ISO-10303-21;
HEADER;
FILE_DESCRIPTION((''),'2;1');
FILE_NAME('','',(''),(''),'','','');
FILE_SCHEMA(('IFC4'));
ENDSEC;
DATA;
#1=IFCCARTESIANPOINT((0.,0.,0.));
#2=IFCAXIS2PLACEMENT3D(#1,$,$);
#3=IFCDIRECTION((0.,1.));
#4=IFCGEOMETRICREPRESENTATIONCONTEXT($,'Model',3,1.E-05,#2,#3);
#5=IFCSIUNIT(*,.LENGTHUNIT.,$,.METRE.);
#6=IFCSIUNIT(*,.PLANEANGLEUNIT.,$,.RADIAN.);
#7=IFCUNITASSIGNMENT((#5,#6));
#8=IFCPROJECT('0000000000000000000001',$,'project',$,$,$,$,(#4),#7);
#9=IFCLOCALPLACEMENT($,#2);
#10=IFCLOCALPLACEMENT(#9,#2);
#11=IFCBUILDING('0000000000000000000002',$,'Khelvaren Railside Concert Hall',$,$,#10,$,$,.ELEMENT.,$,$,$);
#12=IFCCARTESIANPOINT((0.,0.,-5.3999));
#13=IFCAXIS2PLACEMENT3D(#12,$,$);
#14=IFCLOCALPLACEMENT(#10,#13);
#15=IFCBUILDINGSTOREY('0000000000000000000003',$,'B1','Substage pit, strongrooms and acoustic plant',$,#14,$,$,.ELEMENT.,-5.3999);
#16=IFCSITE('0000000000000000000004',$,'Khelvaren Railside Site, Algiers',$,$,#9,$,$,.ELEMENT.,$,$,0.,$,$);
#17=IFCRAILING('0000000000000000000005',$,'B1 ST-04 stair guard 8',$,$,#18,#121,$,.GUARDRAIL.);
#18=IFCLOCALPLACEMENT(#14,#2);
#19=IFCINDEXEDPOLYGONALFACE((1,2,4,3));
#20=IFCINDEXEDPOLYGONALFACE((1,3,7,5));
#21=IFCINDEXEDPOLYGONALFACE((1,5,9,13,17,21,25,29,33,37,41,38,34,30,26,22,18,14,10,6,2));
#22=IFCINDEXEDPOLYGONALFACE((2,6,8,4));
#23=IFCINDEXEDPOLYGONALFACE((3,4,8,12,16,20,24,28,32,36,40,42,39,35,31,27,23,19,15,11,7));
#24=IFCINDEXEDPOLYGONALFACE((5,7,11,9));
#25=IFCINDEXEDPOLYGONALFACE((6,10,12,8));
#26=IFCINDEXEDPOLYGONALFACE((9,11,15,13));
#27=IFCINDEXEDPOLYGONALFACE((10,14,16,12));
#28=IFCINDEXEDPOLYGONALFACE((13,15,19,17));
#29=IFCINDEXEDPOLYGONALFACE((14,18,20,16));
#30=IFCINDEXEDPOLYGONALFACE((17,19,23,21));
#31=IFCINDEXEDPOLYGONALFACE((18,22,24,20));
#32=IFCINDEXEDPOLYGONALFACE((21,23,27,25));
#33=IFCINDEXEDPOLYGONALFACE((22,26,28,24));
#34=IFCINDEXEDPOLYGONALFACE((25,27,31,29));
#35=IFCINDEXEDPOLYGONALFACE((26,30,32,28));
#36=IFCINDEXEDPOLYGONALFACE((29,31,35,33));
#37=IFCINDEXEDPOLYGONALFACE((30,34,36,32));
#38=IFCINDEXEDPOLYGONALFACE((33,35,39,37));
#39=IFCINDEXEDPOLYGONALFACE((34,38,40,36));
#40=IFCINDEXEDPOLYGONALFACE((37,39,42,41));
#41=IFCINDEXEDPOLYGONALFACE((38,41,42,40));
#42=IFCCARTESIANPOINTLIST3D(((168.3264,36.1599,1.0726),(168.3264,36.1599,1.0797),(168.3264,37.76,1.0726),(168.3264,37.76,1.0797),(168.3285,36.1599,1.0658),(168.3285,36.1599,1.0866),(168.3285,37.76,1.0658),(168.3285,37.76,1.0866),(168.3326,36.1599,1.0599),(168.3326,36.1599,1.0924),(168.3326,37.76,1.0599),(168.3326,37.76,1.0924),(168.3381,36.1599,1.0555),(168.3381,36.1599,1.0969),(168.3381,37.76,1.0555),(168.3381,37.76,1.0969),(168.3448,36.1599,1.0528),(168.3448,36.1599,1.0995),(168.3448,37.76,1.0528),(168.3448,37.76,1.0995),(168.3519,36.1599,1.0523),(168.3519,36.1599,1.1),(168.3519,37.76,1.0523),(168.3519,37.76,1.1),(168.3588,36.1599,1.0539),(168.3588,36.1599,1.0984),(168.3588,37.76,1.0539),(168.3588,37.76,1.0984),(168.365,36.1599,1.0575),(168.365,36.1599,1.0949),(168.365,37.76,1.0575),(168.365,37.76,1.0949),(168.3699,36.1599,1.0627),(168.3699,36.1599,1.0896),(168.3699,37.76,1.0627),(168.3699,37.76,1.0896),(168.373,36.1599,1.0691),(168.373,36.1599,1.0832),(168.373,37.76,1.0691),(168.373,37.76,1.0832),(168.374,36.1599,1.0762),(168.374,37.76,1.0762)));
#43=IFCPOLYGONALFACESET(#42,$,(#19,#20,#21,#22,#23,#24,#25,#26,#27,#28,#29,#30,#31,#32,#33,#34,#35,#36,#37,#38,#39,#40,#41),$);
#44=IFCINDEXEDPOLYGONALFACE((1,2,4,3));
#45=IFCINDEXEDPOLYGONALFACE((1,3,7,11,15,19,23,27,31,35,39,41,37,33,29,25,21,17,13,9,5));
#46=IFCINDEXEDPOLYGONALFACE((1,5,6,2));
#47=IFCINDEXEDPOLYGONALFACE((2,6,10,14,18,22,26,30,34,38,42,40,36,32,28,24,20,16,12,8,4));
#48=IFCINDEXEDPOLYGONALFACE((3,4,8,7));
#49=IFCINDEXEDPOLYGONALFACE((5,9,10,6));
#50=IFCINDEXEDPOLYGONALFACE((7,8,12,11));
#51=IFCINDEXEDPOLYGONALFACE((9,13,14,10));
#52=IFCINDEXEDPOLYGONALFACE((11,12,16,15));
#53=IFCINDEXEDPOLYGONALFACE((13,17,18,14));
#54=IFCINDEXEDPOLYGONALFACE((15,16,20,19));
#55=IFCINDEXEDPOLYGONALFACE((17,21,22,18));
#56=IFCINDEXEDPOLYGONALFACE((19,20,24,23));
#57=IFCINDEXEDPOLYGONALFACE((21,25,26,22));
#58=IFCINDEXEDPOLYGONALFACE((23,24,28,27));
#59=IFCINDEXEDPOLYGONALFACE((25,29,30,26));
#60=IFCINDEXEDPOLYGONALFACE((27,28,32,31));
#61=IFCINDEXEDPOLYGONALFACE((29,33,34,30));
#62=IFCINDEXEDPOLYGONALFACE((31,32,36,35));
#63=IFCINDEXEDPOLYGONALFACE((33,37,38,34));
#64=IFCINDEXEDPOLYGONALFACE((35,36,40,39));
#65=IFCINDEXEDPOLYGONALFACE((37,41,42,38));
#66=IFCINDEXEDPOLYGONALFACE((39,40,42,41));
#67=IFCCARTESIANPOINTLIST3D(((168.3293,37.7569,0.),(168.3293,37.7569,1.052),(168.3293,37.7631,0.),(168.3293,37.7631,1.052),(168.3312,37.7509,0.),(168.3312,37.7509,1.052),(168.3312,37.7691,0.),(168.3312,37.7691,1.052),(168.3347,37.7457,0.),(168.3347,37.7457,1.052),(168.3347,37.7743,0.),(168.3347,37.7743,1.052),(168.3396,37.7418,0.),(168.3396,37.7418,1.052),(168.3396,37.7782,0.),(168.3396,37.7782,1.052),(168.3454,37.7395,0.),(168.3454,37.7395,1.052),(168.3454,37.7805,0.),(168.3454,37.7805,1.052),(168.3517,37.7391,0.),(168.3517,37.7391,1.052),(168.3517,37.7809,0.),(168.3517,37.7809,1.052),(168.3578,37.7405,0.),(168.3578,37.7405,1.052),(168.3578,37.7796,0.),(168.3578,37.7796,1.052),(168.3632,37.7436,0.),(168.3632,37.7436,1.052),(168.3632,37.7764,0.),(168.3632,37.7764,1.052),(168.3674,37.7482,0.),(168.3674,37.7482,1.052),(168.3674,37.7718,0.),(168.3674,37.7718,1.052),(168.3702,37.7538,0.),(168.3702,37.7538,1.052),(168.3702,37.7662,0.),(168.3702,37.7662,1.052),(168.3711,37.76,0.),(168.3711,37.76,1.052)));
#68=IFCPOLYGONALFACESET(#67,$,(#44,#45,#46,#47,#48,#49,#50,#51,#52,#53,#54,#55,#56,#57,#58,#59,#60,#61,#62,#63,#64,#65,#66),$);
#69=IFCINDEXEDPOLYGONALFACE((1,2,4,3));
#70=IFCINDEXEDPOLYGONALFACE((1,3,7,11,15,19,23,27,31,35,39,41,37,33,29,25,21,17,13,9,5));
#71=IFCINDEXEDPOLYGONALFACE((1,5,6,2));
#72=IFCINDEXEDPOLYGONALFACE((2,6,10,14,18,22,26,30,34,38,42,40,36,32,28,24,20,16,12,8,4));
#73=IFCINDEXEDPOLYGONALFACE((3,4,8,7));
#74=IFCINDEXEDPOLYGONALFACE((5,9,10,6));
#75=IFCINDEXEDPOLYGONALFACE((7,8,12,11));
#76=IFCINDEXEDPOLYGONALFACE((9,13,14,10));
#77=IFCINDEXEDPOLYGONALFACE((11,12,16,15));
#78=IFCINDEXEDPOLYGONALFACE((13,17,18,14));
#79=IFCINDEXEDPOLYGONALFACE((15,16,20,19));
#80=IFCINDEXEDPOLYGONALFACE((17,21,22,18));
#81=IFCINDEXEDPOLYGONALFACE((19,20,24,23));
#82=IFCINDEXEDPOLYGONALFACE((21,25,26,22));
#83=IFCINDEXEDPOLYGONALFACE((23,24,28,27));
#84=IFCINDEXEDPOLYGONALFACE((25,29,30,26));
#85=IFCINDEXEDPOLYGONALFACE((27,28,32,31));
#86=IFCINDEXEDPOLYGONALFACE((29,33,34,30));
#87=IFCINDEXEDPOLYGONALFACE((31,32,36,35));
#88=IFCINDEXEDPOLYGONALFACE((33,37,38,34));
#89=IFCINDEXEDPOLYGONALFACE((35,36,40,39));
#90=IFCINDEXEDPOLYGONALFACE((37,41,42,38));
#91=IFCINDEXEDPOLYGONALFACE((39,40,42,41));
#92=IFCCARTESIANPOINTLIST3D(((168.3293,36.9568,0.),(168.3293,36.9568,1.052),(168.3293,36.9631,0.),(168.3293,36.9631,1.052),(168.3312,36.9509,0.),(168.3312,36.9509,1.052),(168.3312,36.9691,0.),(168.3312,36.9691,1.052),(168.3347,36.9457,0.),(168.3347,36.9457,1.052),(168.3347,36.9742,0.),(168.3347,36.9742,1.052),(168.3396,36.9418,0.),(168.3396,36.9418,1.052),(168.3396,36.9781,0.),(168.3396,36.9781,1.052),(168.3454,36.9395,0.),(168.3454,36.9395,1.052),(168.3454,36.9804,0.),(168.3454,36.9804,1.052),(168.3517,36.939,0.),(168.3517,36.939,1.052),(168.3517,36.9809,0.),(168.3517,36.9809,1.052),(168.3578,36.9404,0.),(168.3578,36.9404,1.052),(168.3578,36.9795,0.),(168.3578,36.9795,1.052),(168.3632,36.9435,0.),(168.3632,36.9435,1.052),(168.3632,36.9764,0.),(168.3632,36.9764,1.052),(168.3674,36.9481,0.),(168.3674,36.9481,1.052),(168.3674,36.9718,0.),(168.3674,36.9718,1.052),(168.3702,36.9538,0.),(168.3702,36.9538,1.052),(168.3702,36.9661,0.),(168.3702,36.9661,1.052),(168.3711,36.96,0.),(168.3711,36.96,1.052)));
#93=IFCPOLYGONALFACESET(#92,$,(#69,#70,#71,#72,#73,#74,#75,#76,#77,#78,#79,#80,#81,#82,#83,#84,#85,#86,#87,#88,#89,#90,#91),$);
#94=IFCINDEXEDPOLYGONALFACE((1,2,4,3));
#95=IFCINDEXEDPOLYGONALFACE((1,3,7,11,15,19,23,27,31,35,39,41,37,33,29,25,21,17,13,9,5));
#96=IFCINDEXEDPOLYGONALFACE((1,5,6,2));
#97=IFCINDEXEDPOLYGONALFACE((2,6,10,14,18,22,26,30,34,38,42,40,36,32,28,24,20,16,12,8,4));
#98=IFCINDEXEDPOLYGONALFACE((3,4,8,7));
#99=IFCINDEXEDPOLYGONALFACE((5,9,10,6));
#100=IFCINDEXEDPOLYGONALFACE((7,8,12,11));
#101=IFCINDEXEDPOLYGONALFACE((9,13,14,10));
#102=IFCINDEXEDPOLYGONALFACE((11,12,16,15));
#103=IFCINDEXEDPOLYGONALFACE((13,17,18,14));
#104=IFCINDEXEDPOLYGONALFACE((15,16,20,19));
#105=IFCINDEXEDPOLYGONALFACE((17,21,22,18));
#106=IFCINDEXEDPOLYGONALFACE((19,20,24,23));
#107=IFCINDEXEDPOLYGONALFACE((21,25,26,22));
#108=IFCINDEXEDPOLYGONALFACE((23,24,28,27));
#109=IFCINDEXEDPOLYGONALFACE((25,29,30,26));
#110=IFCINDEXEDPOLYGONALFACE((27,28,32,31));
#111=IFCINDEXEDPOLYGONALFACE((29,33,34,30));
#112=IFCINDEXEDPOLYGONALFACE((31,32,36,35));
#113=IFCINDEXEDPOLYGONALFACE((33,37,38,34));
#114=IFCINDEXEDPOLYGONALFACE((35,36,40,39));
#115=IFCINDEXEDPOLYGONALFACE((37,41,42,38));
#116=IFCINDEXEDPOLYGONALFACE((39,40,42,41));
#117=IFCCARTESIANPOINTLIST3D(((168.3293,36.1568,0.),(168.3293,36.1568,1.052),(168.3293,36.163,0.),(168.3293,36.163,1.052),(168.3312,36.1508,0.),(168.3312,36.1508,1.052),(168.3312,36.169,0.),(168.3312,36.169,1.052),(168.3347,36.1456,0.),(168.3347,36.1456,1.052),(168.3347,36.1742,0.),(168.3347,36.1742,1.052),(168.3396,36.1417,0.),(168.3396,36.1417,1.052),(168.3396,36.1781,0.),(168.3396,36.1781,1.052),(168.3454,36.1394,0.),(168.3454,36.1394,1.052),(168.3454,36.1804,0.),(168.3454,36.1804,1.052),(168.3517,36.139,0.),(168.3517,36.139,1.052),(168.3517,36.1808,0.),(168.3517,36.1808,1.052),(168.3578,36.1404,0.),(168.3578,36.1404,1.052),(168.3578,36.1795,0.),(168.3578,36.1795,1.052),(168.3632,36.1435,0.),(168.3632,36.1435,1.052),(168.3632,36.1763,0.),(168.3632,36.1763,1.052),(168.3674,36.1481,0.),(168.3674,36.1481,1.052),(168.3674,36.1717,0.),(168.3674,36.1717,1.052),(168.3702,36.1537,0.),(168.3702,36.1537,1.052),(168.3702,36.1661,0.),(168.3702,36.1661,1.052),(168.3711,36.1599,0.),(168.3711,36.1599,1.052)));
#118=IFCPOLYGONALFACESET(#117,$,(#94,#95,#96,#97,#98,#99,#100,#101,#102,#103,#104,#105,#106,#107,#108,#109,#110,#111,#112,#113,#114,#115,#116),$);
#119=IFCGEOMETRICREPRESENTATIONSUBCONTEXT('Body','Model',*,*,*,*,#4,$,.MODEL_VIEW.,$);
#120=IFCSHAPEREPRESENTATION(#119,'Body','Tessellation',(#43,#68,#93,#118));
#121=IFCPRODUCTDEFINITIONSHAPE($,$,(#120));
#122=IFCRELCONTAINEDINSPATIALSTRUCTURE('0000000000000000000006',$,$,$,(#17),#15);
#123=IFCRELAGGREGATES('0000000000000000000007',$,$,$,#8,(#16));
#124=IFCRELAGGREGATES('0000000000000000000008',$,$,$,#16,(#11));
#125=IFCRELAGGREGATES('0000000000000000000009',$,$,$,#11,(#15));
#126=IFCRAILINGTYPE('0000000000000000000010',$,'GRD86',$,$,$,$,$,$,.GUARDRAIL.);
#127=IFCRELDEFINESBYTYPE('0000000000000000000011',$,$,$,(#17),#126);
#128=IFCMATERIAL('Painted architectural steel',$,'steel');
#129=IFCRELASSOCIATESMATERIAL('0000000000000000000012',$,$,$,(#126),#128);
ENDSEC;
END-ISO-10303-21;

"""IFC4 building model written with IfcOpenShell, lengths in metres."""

from ifc_helpers import new_model, si_unit, direction, frame, origin, origin_2d, place, context, subcontext, project, spatial, circle, extrude, material, type_object, element, save


model = new_model("IFC4")

# Units and contexts
model_context = context("Model", 3, precision=1e-05, world=origin(), true_north=direction((0.0, 1.0)))
body_context = subcontext(model_context, "Body", "Model", "MODEL_VIEW")
ifc_project = project(units=[si_unit("LENGTHUNIT", "METRE"), si_unit("PLANEANGLEUNIT", "RADIAN")], contexts=[model_context])

# Site, building, storey
site_placement = place(None, origin())
site = spatial("IfcSite", under=ifc_project, at=site_placement, Name="Khelvaren Railside Site, Algiers", CompositionType="ELEMENT", RefElevation=0.0)
building_placement = place(site_placement, origin())
building = spatial("IfcBuilding", under=site, at=building_placement, Name="Khelvaren Railside Concert Hall", CompositionType="ELEMENT")
storey_placement = place(building_placement, frame((0.0, 0.0, -5.3999)))
storey = spatial("IfcBuildingStorey", under=building, at=storey_placement, Name="B1", Description="Substage pit, strongrooms and acoustic plant", CompositionType="ELEMENT", Elevation=-5.3999)

# Railing
ifc_material_1 = material(Name="Painted architectural steel", Category="steel")
railing_type_1 = type_object("IfcRailingType", Name="GRD86", PredefinedType="GUARDRAIL", material=ifc_material_1)
railing_1_placement = place(storey_placement, frame((168.3501, 37.76, 0.0)))
element("IfcRailing", 1, at=railing_1_placement, inside=storey, type_object=railing_type_1, Name="B1 ST-04 stair guard 8", PredefinedType="GUARDRAIL", context=body_context, shape_type="SweptSolid", body=[
    extrude(circle(Radius=0.0239, at=origin_2d()), frame((0.0, 0.0, 1.0762), z_axis=(0.0, -1.0, 0.0), x_axis=(1.0, 0.0, 0.0)), (0.0, 0.0, 1.0), 1.6001),
    extrude(circle(Radius=0.021, at=origin_2d()), origin(), (0.0, 0.0, 1.0), 1.052),
    extrude(circle(Radius=0.021, at=origin_2d()), frame((0.0, -0.8, 0.0)), (0.0, 0.0, 1.0), 1.052),
    extrude(circle(Radius=0.021, at=origin_2d()), frame((0.0, -1.6001, 0.0)), (0.0, 0.0, 1.0), 1.052),
])

save(model, "model.ifc")
